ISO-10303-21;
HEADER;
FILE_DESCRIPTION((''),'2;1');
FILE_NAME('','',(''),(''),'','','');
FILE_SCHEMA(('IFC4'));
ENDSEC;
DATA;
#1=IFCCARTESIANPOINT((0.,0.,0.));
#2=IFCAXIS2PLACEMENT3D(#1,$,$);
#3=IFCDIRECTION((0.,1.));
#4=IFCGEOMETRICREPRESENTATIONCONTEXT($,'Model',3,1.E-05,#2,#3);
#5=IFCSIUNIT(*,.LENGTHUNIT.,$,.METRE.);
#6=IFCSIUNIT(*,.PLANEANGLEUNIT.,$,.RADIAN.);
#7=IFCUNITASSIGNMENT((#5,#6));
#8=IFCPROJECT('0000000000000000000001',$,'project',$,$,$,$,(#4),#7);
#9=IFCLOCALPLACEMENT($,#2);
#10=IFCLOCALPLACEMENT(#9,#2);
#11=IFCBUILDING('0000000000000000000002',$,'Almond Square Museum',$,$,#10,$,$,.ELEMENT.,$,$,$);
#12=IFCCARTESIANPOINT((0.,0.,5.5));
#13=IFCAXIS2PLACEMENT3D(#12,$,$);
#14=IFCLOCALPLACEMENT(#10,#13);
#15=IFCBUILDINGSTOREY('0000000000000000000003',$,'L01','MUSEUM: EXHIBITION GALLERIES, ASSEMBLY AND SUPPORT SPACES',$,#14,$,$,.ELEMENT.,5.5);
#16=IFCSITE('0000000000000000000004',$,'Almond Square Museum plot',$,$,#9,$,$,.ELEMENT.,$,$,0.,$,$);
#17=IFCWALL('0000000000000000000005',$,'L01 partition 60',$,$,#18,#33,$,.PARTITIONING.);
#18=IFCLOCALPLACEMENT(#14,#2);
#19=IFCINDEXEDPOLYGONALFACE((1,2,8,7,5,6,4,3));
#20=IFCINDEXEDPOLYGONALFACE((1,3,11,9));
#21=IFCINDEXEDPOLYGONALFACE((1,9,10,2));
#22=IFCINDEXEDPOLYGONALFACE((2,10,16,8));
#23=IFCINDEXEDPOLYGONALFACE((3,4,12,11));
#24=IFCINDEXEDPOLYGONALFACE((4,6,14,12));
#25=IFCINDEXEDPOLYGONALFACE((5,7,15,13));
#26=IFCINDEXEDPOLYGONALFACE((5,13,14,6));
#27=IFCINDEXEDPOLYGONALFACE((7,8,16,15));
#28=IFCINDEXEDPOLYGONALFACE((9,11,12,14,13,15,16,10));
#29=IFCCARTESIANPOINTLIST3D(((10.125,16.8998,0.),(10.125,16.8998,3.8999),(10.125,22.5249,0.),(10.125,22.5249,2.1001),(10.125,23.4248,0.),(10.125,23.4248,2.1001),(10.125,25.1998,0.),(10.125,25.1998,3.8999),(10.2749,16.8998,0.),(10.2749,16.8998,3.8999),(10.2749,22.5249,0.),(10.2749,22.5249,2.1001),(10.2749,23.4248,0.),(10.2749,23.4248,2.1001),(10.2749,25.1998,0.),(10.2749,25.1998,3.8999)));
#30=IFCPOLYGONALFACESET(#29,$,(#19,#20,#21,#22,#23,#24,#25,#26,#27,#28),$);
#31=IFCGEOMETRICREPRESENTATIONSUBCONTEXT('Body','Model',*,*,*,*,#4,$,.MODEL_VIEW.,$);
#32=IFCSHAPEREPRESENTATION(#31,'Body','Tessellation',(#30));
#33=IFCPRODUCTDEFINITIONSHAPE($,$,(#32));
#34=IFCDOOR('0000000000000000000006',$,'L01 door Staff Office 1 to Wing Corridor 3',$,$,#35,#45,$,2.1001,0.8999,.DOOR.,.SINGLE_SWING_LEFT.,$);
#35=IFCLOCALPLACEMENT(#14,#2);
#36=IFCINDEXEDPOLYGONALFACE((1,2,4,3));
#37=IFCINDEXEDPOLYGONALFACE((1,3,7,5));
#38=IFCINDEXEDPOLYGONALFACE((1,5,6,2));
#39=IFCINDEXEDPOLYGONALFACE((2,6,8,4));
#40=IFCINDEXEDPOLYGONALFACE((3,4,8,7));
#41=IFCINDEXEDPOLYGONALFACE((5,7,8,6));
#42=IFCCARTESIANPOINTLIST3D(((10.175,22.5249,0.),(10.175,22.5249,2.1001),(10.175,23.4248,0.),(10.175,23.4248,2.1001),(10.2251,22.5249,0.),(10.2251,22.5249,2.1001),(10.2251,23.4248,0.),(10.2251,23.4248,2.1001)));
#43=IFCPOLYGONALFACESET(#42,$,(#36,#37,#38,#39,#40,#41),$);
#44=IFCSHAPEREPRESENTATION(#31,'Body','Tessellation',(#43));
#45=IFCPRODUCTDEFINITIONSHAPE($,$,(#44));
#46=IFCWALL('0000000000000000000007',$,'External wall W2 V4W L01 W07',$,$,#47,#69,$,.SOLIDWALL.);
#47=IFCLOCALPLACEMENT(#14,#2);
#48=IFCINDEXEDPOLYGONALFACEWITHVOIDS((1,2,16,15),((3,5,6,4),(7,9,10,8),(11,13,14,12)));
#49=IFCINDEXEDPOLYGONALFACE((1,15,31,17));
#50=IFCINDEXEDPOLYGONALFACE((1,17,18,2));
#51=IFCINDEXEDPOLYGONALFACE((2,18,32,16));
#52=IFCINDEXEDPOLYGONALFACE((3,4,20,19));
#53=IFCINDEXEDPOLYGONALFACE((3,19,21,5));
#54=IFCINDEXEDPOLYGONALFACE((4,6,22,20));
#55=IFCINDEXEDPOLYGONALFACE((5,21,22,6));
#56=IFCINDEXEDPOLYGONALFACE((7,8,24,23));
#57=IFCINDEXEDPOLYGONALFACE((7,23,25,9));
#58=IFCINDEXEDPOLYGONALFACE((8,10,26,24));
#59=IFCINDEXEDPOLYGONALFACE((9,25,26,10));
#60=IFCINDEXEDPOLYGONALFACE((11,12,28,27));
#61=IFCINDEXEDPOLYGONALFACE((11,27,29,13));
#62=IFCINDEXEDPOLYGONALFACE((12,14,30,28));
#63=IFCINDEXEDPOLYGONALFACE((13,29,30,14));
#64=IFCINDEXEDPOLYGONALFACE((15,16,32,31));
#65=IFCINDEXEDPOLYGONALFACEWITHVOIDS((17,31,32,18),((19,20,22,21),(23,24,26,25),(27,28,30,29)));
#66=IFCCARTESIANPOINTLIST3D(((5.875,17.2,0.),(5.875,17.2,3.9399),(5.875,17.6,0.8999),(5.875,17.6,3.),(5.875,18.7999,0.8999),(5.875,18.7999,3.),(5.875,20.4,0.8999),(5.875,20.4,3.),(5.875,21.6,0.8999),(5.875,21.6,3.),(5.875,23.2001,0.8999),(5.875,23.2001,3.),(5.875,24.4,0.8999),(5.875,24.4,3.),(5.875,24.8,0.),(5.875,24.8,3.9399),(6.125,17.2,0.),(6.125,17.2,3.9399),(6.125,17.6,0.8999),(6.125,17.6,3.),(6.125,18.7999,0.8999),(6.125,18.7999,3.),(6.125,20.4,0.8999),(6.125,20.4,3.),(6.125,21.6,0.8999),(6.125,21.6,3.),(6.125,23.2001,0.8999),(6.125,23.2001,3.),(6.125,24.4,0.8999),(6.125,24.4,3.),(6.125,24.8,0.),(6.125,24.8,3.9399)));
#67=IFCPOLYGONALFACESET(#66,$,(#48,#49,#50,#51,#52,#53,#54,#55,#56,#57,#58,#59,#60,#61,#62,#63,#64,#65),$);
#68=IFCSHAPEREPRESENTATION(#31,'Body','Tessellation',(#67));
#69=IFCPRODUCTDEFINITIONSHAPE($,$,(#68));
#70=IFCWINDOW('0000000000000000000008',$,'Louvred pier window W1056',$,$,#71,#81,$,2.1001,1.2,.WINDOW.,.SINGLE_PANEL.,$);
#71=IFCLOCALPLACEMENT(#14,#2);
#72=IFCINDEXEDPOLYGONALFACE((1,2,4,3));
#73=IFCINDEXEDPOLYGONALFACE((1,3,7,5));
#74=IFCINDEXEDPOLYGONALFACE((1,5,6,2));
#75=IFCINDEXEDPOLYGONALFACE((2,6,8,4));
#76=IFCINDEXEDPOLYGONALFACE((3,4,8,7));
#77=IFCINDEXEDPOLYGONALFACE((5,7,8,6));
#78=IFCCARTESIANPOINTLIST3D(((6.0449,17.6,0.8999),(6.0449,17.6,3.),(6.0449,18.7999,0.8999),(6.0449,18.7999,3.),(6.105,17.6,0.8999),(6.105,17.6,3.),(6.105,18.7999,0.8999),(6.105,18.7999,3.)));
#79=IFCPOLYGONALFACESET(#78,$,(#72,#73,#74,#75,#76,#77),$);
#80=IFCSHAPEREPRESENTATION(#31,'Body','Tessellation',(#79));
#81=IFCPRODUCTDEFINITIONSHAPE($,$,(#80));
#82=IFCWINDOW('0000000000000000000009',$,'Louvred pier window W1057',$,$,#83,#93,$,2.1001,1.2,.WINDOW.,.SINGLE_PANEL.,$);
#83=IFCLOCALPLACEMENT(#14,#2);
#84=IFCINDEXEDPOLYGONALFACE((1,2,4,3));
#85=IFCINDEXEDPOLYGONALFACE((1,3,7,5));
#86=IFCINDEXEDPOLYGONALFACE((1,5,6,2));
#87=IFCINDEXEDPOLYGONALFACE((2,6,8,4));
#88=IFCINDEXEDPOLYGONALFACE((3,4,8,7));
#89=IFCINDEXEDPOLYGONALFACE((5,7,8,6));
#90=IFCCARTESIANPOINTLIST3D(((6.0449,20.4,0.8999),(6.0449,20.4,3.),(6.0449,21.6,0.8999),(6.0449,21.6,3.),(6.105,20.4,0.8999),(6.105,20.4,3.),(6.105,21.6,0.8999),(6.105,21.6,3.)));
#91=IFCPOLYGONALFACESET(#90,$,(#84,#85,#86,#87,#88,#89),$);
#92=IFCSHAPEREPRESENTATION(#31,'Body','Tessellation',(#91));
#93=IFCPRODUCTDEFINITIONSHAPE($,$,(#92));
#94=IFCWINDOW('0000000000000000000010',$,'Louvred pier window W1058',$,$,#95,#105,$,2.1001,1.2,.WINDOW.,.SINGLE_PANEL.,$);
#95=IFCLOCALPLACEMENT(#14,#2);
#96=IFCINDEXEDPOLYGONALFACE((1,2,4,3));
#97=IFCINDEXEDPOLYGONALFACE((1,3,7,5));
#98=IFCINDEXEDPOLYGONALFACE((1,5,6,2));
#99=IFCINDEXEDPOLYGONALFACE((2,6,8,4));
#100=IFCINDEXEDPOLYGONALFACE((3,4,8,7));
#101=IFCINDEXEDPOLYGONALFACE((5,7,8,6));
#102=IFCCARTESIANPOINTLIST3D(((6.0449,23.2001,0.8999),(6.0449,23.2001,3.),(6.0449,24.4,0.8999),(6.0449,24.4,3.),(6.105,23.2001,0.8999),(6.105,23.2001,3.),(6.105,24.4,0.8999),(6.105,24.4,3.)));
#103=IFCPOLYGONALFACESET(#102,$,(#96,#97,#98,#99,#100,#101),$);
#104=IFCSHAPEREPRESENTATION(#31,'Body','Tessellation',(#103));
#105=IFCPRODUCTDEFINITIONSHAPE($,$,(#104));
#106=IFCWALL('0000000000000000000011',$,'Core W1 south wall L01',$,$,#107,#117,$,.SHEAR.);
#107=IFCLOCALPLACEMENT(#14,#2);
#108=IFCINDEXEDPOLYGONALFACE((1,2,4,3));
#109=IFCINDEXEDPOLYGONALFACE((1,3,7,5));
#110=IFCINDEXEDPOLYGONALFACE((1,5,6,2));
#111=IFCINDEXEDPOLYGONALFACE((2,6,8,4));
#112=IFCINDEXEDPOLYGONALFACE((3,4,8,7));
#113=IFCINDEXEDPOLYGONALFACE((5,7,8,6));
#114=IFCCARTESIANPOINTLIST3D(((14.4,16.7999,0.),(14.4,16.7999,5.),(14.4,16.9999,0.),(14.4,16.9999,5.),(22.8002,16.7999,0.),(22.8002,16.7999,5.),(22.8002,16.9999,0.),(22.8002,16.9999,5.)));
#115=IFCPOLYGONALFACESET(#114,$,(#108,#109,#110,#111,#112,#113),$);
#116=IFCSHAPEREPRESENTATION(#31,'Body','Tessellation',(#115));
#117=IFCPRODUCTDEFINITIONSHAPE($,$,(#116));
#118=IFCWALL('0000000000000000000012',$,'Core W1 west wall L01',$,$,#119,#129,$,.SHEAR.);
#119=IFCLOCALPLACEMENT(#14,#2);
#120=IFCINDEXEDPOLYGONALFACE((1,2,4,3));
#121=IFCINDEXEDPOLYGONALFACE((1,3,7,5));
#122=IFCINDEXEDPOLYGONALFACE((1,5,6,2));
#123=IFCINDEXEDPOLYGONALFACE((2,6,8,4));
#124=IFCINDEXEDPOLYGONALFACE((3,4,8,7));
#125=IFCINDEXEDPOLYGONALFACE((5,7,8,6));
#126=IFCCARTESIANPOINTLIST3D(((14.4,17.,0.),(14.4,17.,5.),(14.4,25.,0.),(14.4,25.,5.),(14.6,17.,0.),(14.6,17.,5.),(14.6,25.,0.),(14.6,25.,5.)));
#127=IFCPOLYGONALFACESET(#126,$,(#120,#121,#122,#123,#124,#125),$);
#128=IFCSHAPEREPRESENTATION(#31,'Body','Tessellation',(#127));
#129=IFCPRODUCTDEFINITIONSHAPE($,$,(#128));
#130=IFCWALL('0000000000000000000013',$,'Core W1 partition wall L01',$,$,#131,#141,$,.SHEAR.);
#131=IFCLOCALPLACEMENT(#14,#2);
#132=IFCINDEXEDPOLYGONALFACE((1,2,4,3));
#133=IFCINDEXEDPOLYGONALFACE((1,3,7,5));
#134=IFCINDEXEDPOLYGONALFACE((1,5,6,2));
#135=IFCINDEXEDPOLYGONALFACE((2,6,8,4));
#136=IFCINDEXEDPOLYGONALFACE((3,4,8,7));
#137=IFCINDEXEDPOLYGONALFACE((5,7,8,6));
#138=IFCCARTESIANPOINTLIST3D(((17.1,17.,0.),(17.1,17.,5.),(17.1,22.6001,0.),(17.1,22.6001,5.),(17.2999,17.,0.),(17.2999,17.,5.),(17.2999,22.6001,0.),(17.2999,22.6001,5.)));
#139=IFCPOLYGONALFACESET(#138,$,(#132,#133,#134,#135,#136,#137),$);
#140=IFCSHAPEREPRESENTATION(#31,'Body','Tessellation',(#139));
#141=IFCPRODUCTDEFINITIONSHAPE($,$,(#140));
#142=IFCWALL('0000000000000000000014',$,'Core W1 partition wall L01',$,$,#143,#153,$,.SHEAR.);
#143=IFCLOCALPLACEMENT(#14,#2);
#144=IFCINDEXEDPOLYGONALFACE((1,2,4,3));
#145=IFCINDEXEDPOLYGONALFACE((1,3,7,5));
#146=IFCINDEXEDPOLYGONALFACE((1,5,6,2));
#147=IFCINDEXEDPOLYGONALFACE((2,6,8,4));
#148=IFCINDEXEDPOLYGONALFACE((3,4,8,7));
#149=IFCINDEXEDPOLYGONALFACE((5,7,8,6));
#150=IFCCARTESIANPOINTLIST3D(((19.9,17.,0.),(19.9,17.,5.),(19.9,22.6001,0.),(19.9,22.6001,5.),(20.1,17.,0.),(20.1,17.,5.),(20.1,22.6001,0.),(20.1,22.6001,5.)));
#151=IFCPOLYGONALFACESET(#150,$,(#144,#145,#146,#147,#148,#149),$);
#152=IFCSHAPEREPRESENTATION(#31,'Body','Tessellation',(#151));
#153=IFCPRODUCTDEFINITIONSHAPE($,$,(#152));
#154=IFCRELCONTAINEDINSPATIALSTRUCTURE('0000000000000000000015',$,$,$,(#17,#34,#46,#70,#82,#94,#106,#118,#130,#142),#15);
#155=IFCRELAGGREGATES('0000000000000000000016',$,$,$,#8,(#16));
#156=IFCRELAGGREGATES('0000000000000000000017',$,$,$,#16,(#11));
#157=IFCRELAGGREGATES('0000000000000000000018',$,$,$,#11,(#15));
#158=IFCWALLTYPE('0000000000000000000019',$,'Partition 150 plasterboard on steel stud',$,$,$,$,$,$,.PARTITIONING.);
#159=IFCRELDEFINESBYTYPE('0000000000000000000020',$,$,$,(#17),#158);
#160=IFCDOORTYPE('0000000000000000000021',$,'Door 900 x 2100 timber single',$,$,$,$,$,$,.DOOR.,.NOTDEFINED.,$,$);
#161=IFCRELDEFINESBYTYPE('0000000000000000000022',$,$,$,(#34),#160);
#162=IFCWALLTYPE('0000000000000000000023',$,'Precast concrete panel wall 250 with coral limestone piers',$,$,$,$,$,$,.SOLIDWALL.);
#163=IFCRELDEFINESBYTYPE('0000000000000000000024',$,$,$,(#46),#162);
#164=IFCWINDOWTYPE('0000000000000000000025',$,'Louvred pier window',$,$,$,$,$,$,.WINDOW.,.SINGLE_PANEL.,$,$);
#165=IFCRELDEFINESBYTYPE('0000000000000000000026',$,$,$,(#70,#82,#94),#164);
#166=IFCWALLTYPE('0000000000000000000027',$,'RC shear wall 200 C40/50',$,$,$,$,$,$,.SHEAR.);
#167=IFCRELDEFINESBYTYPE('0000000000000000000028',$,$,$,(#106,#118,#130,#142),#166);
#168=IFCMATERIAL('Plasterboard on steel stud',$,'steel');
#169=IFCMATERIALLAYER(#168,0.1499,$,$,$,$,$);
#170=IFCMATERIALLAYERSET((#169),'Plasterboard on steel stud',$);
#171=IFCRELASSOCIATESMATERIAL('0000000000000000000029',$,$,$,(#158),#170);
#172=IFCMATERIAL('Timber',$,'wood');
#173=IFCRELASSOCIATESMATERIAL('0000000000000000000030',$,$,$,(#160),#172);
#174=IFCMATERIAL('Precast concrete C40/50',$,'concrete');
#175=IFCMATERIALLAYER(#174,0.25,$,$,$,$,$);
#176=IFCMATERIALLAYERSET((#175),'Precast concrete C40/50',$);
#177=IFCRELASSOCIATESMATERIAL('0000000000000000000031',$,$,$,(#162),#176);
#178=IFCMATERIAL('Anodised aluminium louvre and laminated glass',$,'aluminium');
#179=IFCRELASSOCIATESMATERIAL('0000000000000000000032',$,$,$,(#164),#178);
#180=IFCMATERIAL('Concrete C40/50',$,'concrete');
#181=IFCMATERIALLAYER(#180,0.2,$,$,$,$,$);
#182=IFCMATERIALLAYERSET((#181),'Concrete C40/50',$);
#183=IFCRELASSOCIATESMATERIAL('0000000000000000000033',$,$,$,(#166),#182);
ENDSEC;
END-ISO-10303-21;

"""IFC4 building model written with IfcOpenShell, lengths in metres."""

from ifc_helpers import new_model, si_unit, direction, frame, frame_2d, origin, place, context, subcontext, project, spatial, rectangle, extrude, material, layer, layer_set, type_object, element, fill, save


model = new_model("IFC4")

# Units and contexts
model_context = context("Model", 3, precision=1e-05, world=origin(), true_north=direction((0.0, 1.0)))
body_context = subcontext(model_context, "Body", "Model", "MODEL_VIEW")
ifc_project = project(units=[si_unit("LENGTHUNIT", "METRE"), si_unit("PLANEANGLEUNIT", "RADIAN")], contexts=[model_context])

# Site, building, storey
site_placement = place(None, origin())
site = spatial("IfcSite", under=ifc_project, at=site_placement, Name="Almond Square Museum plot", CompositionType="ELEMENT", RefElevation=0.0)
building_placement = place(site_placement, origin())
building = spatial("IfcBuilding", under=site, at=building_placement, Name="Almond Square Museum", CompositionType="ELEMENT")
storey_placement = place(building_placement, frame((0.0, 0.0, 5.5)))
storey = spatial("IfcBuildingStorey", under=building, at=storey_placement, Name="L01", Description="MUSEUM: EXHIBITION GALLERIES, ASSEMBLY AND SUPPORT SPACES", CompositionType="ELEMENT", Elevation=5.5)

# Wall, opening, door
ifc_material_1 = material(Name="Plasterboard on steel stud", Category="steel")
ifc_layer_1 = layer(ifc_material_1, 0.1499)
ifc_layer_set_1 = layer_set([ifc_layer_1], Name="Plasterboard on steel stud")
wall_type_1 = type_object("IfcWallType", Name="Partition 150 plasterboard on steel stud", PredefinedType="PARTITIONING", material=ifc_layer_set_1)
wall_1_placement = place(storey_placement, frame((10.2, 16.8999, 0.0), z_axis=(0.0, 0.0, 1.0), x_axis=(0.0, 1.0, 0.0)))
wall_1 = element("IfcWall", 1, at=wall_1_placement, inside=storey, type_object=wall_type_1, Name="L01 partition 60", PredefinedType="PARTITIONING", context=body_context, shape_type="SweptSolid", body=[
    extrude(rectangle(XDim=8.3, YDim=0.1499, at=frame_2d((4.1499, 0.0))), origin(), (0.0, 0.0, 1.0), 3.8999),
])
opening_1_placement = place(wall_1_placement, frame((5.625, 0.0, 0.0)))
opening_1 = element("IfcOpeningElement", 2, at=opening_1_placement, cuts=wall_1, PredefinedType="OPENING", context=body_context, shape_type="SweptSolid", body=[
    extrude(rectangle(XDim=0.8999, YDim=2.1001, at=frame_2d((0.45, 1.05))), frame((0.0, 0.085, 0.0), z_axis=(0.0, -1.0, 0.0), x_axis=(1.0, 0.0, 0.0)), (0.0, 0.0, 1.0), 0.1699),
])
ifc_material_2 = material(Name="Timber", Category="wood")
door_type_1 = type_object("IfcDoorType", Name="Door 900 x 2100 timber single", OperationType="NOTDEFINED", PredefinedType="DOOR", material=ifc_material_2)
door_1_placement = place(opening_1_placement, origin())
door_1 = element("IfcDoor", 3, at=door_1_placement, inside=storey, type_object=door_type_1, Name="L01 door Staff Office 1 to Wing Corridor 3", OperationType="SINGLE_SWING_LEFT", OverallHeight=2.1001, OverallWidth=0.8999, PredefinedType="DOOR", context=body_context, shape_type="SweptSolid", body=[
    extrude(rectangle(XDim=0.8999, YDim=2.1001, at=frame_2d((0.45, 1.05))), frame((0.0, 0.0249, 0.0), z_axis=(0.0, -1.0, 0.0), x_axis=(1.0, 0.0, 0.0)), (0.0, 0.0, 1.0), 0.05),
])
fill(opening_1, door_1)

# Wall, openings, windows
ifc_material_3 = material(Name="Precast concrete C40/50", Category="concrete")
ifc_layer_2 = layer(ifc_material_3, 0.25)
ifc_layer_set_2 = layer_set([ifc_layer_2], Name="Precast concrete C40/50")
wall_type_2 = type_object("IfcWallType", Name="Precast concrete panel wall 250 with coral limestone piers", PredefinedType="SOLIDWALL", material=ifc_layer_set_2)
wall_2_placement = place(storey_placement, frame((6.0, 17.2, 0.0), z_axis=(0.0, 0.0, 1.0), x_axis=(0.0, 1.0, 0.0)))
wall_2 = element("IfcWall", 4, at=wall_2_placement, inside=storey, type_object=wall_type_2, Name="External wall W2 V4W L01 W07", PredefinedType="SOLIDWALL", context=body_context, shape_type="SweptSolid", body=[
    extrude(rectangle(XDim=7.6001, YDim=0.25, at=frame_2d((3.8, 0.0))), origin(), (0.0, 0.0, 1.0), 3.9399),
])
opening_2_placement = place(wall_2_placement, frame((0.3999, 0.0, 0.8999)))
opening_2 = element("IfcOpeningElement", 5, at=opening_2_placement, cuts=wall_2, PredefinedType="OPENING", context=body_context, shape_type="SweptSolid", body=[
    extrude(rectangle(XDim=1.2, YDim=2.1001, at=frame_2d((0.6001, 1.05))), frame((0.0, 0.135, 0.0), z_axis=(0.0, -1.0, 0.0), x_axis=(1.0, 0.0, 0.0)), (0.0, 0.0, 1.0), 0.27),
])
opening_3_placement = place(wall_2_placement, frame((3.2, 0.0, 0.8999)))
opening_3 = element("IfcOpeningElement", 6, at=opening_3_placement, cuts=wall_2, PredefinedType="OPENING", context=body_context, shape_type="SweptSolid", body=[
    extrude(rectangle(XDim=1.2, YDim=2.1001, at=frame_2d((0.6001, 1.05))), frame((0.0, 0.135, 0.0), z_axis=(0.0, -1.0, 0.0), x_axis=(1.0, 0.0, 0.0)), (0.0, 0.0, 1.0), 0.27),
])
opening_4_placement = place(wall_2_placement, frame((6.0, 0.0, 0.8999)))
opening_4 = element("IfcOpeningElement", 7, at=opening_4_placement, cuts=wall_2, PredefinedType="OPENING", context=body_context, shape_type="SweptSolid", body=[
    extrude(rectangle(XDim=1.2, YDim=2.1001, at=frame_2d((0.6001, 1.05))), frame((0.0, 0.135, 0.0), z_axis=(0.0, -1.0, 0.0), x_axis=(1.0, 0.0, 0.0)), (0.0, 0.0, 1.0), 0.27),
])
ifc_material_4 = material(Name="Anodised aluminium louvre and laminated glass", Category="aluminium")
window_type_1 = type_object("IfcWindowType", Name="Louvred pier window", PartitioningType="SINGLE_PANEL", PredefinedType="WINDOW", material=ifc_material_4)
window_1_placement = place(opening_2_placement, origin())
window_1 = element("IfcWindow", 8, at=window_1_placement, inside=storey, type_object=window_type_1, Name="Louvred pier window W1056", OverallHeight=2.1001, OverallWidth=1.2, PartitioningType="SINGLE_PANEL", PredefinedType="WINDOW", context=body_context, shape_type="SweptSolid", body=[
    extrude(rectangle(XDim=1.2, YDim=2.1001, at=frame_2d((0.6001, 1.05))), frame((0.0, -0.0449, 0.0), z_axis=(0.0, -1.0, 0.0), x_axis=(1.0, 0.0, 0.0)), (0.0, 0.0, 1.0), 0.0601),
])
fill(opening_2, window_1)
window_2_placement = place(opening_3_placement, origin())
window_2 = element("IfcWindow", 9, at=window_2_placement, inside=storey, type_object=window_type_1, Name="Louvred pier window W1057", OverallHeight=2.1001, OverallWidth=1.2, PartitioningType="SINGLE_PANEL", PredefinedType="WINDOW", context=body_context, shape_type="SweptSolid", body=[
    extrude(rectangle(XDim=1.2, YDim=2.1001, at=frame_2d((0.6001, 1.05))), frame((0.0, -0.0449, 0.0), z_axis=(0.0, -1.0, 0.0), x_axis=(1.0, 0.0, 0.0)), (0.0, 0.0, 1.0), 0.0601),
])
fill(opening_3, window_2)
window_3_placement = place(opening_4_placement, origin())
window_3 = element("IfcWindow", 10, at=window_3_placement, inside=storey, type_object=window_type_1, Name="Louvred pier window W1058", OverallHeight=2.1001, OverallWidth=1.2, PartitioningType="SINGLE_PANEL", PredefinedType="WINDOW", context=body_context, shape_type="SweptSolid", body=[
    extrude(rectangle(XDim=1.2, YDim=2.1001, at=frame_2d((0.6001, 1.05))), frame((0.0, -0.0449, 0.0), z_axis=(0.0, -1.0, 0.0), x_axis=(1.0, 0.0, 0.0)), (0.0, 0.0, 1.0), 0.0601),
])
fill(opening_4, window_3)

# Walls
ifc_material_5 = material(Name="Concrete C40/50", Category="concrete")
ifc_layer_3 = layer(ifc_material_5, 0.2)
ifc_layer_set_3 = layer_set([ifc_layer_3], Name="Concrete C40/50")
wall_type_3 = type_object("IfcWallType", Name="RC shear wall 200 C40/50", PredefinedType="SHEAR", material=ifc_layer_set_3)
wall_3_placement = place(storey_placement, frame((14.3999, 16.8999, 0.0), z_axis=(0.0, 0.0, 1.0), x_axis=(1.0, 0.0, 0.0)))
element("IfcWall", 11, at=wall_3_placement, inside=storey, type_object=wall_type_3, Name="Core W1 south wall L01", PredefinedType="SHEAR", context=body_context, shape_type="SweptSolid", body=[
    extrude(rectangle(XDim=8.4001, YDim=0.2, at=frame_2d((4.2002, 0.0))), origin(), (0.0, 0.0, 1.0), 5.0),
])
wall_4_placement = place(storey_placement, frame((14.5, 17.0, 0.0), z_axis=(0.0, 0.0, 1.0), x_axis=(0.0, 1.0, 0.0)))
element("IfcWall", 12, at=wall_4_placement, inside=storey, type_object=wall_type_3, Name="Core W1 west wall L01", PredefinedType="SHEAR", context=body_context, shape_type="SweptSolid", body=[
    extrude(rectangle(XDim=8.0, YDim=0.2, at=frame_2d((4.0, 0.0))), origin(), (0.0, 0.0, 1.0), 5.0),
])
for number, where, z_axis, x_axis, name in (
    (13, (17.2, 17.0, 0.0), (0.0, 0.0, 1.0), (0.0, 1.0, 0.0), "Core W1 partition wall L01"),
    (14, (20.0, 17.0, 0.0), (0.0, 0.0, 1.0), (0.0, 1.0, 0.0), "Core W1 partition wall L01"),
):
    element("IfcWall", number, at=place(storey_placement, frame(where, z_axis=z_axis, x_axis=x_axis)), inside=storey, type_object=wall_type_3, Name=name, PredefinedType="SHEAR", context=body_context, shape_type="SweptSolid", body=[
        extrude(rectangle(XDim=5.6001, YDim=0.2, at=frame_2d((2.8, 0.0))), origin(), (0.0, 0.0, 1.0), 5.0),
    ])

save(model, "model.ifc")
